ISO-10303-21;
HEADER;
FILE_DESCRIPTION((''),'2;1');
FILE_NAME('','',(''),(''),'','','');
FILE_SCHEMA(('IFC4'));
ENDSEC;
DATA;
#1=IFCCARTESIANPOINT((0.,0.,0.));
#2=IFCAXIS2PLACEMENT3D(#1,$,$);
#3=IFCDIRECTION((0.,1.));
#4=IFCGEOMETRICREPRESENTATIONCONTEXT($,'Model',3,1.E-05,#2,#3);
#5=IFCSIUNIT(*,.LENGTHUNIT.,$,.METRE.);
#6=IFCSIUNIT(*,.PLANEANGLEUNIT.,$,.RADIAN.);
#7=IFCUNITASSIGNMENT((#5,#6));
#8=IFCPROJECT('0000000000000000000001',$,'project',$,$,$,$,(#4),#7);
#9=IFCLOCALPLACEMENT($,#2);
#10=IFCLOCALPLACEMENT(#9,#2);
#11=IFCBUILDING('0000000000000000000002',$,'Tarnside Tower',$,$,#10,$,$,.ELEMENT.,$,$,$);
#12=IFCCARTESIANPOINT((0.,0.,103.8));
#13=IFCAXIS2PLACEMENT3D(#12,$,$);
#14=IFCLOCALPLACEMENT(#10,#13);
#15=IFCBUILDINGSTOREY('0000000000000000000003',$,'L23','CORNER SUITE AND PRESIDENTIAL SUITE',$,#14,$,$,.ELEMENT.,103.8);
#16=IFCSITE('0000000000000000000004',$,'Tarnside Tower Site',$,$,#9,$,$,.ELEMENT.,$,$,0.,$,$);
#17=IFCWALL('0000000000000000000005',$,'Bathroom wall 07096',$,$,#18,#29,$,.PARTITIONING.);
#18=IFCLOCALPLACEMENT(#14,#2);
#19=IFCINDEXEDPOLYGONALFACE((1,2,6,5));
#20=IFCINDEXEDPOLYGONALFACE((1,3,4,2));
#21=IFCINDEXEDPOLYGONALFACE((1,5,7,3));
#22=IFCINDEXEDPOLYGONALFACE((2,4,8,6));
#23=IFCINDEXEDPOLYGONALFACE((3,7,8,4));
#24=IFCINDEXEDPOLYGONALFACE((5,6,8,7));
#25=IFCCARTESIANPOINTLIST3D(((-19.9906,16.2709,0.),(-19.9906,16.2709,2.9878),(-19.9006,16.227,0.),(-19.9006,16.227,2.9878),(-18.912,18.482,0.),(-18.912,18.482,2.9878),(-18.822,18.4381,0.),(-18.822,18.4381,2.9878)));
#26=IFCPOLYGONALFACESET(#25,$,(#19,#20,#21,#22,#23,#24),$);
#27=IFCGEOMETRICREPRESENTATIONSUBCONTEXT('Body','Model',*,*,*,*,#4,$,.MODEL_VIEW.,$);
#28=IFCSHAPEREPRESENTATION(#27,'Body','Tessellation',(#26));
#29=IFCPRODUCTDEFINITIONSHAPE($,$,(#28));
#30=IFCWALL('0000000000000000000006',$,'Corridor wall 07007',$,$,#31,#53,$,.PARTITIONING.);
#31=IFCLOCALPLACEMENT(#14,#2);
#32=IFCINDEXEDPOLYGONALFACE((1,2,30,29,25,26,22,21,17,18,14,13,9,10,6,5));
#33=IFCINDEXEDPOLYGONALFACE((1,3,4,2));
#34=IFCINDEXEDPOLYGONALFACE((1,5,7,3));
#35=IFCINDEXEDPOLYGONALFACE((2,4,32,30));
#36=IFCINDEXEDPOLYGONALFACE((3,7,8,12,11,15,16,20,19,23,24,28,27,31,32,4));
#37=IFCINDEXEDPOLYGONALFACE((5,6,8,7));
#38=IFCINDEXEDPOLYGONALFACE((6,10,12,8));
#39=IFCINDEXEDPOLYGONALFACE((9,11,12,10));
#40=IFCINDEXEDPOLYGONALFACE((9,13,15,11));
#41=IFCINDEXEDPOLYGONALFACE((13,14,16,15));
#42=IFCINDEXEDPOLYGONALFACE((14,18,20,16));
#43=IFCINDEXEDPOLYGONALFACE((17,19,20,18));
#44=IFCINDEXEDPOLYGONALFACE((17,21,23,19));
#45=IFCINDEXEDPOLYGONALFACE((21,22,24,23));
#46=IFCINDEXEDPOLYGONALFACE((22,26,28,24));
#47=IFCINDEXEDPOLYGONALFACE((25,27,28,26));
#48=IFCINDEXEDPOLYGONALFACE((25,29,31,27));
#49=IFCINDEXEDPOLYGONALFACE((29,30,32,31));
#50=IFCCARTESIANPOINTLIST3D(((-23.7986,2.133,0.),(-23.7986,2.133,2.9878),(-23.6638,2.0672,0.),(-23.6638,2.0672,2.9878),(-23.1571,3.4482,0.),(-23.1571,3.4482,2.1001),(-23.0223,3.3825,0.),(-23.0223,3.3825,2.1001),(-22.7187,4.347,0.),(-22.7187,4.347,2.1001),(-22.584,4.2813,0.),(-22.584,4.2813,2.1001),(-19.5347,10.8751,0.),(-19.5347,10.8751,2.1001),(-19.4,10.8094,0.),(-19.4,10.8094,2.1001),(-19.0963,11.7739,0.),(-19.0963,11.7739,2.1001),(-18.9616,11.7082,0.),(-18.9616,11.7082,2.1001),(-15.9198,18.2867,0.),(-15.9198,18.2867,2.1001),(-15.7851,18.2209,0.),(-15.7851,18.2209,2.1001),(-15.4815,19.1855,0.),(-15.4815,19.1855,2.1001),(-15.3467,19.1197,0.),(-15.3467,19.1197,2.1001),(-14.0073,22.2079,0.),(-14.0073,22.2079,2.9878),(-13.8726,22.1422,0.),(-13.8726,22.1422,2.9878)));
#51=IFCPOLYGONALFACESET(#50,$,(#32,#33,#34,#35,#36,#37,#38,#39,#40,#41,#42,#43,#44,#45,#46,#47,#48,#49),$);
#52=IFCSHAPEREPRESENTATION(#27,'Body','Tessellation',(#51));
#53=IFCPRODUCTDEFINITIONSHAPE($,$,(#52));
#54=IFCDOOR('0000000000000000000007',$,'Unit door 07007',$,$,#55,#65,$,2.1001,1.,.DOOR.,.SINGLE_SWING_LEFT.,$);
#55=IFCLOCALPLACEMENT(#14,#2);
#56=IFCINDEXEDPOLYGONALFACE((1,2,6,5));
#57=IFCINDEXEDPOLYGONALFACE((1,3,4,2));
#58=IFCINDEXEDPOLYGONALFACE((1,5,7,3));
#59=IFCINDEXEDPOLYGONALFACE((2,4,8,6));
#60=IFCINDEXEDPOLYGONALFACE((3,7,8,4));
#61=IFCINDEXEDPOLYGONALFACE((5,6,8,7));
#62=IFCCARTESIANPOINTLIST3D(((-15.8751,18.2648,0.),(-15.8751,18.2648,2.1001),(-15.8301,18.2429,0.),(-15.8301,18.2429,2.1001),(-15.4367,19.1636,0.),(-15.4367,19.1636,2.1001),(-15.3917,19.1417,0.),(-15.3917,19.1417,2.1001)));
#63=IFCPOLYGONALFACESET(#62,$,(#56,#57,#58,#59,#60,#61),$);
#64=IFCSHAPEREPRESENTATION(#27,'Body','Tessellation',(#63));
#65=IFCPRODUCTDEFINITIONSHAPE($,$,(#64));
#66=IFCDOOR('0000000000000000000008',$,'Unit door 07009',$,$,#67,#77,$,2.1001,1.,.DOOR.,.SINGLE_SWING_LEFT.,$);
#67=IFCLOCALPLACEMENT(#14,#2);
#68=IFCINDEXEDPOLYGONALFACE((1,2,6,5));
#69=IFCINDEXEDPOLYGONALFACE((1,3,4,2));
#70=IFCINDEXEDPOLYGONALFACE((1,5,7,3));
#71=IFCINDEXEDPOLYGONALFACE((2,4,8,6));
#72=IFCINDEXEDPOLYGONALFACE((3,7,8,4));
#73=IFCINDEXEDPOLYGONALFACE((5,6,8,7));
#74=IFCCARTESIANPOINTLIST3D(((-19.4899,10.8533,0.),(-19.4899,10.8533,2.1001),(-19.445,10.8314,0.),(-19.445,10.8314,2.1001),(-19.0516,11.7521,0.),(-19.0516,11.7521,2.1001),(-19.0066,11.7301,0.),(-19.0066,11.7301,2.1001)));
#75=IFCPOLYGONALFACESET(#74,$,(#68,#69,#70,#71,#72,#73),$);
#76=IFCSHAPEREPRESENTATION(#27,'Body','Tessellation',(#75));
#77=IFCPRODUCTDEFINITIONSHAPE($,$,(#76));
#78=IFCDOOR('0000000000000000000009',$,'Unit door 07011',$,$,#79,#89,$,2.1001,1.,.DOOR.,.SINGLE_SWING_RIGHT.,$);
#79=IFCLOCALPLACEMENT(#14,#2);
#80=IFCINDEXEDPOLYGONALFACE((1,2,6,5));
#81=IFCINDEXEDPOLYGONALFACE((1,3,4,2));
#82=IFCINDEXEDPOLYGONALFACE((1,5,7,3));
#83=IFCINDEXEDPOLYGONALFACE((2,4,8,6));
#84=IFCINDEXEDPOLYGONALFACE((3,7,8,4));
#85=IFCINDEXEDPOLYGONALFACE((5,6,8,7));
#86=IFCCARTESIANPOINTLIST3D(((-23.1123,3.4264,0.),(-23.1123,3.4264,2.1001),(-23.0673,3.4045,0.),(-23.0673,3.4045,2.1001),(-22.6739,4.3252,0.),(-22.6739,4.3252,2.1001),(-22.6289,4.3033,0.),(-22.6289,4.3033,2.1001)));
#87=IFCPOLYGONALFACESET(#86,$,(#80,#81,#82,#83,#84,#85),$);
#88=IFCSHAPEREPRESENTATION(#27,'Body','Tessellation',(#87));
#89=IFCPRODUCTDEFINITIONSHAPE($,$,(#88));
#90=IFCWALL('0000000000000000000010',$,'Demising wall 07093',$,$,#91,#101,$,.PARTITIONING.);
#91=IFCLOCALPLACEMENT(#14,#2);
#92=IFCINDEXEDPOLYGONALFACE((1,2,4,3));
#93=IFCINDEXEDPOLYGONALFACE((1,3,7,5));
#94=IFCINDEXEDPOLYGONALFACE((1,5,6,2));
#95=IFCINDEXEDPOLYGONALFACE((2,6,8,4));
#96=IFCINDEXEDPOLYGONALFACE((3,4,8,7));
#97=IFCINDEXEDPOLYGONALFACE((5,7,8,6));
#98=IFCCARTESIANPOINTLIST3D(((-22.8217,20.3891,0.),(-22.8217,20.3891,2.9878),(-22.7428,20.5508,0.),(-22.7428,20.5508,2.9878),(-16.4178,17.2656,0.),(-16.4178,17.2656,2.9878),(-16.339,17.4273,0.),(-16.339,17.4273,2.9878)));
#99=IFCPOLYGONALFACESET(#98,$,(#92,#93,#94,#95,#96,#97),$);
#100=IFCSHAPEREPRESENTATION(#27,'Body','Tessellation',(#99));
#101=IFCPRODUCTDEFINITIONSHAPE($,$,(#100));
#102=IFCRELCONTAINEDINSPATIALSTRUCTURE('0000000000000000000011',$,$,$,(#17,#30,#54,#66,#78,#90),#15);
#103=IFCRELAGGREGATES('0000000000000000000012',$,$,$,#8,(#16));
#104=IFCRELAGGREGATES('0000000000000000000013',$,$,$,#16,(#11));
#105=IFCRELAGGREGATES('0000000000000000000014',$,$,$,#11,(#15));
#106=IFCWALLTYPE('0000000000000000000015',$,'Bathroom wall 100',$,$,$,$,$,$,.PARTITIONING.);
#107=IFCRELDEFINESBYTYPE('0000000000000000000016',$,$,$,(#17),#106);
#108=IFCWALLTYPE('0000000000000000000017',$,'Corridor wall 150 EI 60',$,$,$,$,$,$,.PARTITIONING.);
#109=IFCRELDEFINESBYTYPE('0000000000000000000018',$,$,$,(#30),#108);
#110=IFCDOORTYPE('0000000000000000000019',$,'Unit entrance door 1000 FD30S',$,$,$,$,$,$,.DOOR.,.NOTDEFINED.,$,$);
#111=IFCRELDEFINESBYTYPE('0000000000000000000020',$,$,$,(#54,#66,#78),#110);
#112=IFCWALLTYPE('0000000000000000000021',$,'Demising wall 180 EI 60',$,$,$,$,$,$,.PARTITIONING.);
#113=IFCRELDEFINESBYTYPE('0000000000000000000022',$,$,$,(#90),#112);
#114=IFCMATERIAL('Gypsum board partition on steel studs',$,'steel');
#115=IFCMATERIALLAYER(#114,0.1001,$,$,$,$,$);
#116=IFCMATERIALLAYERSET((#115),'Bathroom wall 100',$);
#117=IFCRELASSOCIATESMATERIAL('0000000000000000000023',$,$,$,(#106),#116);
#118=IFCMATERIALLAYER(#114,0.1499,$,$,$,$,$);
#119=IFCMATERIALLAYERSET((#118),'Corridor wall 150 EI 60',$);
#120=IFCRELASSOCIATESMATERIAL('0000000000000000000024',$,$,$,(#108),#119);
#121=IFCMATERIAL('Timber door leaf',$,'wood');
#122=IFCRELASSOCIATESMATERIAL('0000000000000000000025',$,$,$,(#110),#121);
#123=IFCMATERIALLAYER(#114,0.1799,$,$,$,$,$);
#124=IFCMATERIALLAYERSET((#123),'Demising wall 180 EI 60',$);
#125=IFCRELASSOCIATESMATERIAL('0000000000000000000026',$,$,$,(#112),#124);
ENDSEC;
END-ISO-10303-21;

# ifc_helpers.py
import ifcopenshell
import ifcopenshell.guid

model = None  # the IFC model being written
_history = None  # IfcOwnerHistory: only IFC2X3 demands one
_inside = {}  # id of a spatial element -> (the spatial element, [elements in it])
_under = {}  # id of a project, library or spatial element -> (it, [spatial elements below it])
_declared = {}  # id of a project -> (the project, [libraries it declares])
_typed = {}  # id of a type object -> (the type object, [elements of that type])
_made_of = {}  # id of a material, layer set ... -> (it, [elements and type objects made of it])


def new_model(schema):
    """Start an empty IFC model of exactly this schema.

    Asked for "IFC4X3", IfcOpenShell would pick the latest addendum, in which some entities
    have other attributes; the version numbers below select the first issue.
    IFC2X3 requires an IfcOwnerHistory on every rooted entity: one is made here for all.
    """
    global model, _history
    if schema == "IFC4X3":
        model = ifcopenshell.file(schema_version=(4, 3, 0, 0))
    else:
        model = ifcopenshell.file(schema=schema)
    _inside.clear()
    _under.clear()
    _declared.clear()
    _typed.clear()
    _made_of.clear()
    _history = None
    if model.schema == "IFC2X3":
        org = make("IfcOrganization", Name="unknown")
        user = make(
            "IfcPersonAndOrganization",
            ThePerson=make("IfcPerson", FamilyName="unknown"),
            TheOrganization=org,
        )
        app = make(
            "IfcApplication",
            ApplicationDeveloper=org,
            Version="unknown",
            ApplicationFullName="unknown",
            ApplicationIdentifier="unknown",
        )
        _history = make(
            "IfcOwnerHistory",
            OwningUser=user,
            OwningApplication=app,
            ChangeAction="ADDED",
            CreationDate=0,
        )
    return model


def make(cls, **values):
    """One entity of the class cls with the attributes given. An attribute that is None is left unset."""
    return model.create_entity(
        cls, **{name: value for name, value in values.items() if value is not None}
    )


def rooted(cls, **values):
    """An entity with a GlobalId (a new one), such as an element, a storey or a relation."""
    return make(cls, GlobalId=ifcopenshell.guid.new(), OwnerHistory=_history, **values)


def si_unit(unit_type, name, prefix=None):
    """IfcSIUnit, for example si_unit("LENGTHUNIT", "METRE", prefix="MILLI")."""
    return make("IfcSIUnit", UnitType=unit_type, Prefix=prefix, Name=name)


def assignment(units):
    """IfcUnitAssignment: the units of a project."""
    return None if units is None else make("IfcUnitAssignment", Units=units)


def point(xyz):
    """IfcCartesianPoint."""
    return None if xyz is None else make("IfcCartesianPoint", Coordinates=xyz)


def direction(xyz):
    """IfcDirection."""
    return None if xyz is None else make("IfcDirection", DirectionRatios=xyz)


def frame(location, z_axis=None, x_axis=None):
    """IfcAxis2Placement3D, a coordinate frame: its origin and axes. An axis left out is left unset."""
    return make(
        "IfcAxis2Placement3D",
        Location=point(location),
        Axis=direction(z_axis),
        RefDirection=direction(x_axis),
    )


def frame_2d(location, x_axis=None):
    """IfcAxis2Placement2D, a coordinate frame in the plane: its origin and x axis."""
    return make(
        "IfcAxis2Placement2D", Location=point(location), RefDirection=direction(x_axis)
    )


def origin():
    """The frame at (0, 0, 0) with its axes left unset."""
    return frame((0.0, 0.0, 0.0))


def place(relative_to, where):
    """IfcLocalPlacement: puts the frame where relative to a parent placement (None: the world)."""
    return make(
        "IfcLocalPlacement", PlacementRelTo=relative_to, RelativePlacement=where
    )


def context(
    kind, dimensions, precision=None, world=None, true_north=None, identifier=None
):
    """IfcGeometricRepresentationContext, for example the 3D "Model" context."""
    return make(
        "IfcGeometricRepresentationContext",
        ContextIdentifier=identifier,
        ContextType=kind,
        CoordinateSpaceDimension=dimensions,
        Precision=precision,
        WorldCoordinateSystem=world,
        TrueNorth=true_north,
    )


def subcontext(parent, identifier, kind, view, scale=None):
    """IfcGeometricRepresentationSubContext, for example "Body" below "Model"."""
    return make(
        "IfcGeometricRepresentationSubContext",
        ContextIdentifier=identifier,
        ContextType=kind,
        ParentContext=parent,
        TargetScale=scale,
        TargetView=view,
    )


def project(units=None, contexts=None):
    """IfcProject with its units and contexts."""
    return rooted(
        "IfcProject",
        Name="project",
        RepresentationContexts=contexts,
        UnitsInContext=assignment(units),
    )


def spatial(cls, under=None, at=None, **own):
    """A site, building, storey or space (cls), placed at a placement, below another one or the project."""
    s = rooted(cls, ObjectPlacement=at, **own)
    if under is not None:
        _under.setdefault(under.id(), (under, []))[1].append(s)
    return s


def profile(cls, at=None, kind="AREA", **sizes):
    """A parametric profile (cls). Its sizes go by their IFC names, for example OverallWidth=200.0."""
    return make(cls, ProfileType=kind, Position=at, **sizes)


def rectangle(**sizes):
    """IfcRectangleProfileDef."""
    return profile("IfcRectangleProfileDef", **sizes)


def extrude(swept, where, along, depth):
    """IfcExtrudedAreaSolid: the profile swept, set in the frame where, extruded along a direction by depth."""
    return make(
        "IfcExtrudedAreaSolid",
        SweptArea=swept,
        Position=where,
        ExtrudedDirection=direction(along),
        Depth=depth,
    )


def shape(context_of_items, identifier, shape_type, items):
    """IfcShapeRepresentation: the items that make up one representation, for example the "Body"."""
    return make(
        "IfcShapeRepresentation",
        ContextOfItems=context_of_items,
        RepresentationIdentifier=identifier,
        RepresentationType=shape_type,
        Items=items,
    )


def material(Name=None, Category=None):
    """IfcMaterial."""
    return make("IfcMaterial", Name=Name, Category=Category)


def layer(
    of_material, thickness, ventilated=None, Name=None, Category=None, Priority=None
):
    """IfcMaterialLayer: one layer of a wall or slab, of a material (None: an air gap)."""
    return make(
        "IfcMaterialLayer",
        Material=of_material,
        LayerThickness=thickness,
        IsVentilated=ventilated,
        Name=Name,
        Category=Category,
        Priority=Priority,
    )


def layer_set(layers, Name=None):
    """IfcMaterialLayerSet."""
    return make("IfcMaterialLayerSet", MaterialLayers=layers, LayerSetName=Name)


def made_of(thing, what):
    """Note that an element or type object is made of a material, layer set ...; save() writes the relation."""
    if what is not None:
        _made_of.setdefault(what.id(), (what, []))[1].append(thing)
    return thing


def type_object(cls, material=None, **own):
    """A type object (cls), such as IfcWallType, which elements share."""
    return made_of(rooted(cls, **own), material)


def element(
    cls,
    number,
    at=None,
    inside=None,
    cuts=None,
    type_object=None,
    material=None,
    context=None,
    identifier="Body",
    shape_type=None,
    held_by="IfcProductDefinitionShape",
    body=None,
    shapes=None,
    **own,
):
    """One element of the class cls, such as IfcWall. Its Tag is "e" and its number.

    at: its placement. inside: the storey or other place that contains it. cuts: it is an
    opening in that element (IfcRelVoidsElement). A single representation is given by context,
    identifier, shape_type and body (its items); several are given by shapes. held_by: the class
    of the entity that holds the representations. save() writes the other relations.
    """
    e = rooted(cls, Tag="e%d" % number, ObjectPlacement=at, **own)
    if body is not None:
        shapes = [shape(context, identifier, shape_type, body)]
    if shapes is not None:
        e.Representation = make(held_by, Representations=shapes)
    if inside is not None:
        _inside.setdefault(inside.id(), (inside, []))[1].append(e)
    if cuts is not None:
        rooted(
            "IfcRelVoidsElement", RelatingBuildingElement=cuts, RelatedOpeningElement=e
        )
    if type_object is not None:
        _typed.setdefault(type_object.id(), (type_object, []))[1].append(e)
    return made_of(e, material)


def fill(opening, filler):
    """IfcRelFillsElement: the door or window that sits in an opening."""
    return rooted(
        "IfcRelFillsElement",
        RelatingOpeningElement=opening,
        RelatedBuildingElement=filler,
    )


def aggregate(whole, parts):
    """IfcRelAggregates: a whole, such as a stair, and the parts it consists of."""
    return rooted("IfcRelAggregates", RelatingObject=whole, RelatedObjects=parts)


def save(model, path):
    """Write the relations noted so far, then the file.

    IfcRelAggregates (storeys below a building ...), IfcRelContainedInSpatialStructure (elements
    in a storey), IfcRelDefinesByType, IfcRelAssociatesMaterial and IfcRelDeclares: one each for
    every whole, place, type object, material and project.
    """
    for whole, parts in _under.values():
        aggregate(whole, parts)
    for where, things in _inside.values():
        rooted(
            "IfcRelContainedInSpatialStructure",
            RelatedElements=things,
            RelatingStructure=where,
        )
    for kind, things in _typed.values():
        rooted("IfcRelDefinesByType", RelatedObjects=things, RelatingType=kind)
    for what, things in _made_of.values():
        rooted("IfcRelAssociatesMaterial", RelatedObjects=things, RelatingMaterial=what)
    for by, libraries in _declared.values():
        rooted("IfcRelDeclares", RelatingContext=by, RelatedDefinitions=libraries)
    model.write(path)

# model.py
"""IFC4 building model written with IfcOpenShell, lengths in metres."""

from ifc_helpers import new_model, si_unit, direction, frame, frame_2d, origin, place, context, subcontext, project, spatial, rectangle, extrude, material, layer, layer_set, type_object, element, fill, save


model = new_model("IFC4")

# Units and contexts
model_context = context("Model", 3, precision=1e-05, world=origin(), true_north=direction((0.0, 1.0)))
body_context = subcontext(model_context, "Body", "Model", "MODEL_VIEW")
ifc_project = project(units=[si_unit("LENGTHUNIT", "METRE"), si_unit("PLANEANGLEUNIT", "RADIAN")], contexts=[model_context])

# Site, building, storey
site_placement = place(None, origin())
site = spatial("IfcSite", under=ifc_project, at=site_placement, Name="Tarnside Tower Site", CompositionType="ELEMENT", RefElevation=0.0)
building_placement = place(site_placement, origin())
building = spatial("IfcBuilding", under=site, at=building_placement, Name="Tarnside Tower", CompositionType="ELEMENT")
storey_placement = place(building_placement, frame((0.0, 0.0, 103.8)))
storey = spatial("IfcBuildingStorey", under=building, at=storey_placement, Name="L23", Description="CORNER SUITE AND PRESIDENTIAL SUITE", CompositionType="ELEMENT", Elevation=103.8)

# Shared definitions
ifc_material_1 = material(Name="Gypsum board partition on steel studs", Category="steel")
ifc_layer_1 = layer(ifc_material_1, 0.1001)
ifc_layer_set_1 = layer_set([ifc_layer_1], Name="Bathroom wall 100")
wall_type_1 = type_object("IfcWallType", Name="Bathroom wall 100", PredefinedType="PARTITIONING", material=ifc_layer_set_1)
ifc_material_2 = material(Name="Timber door leaf", Category="wood")

# Wall
wall_1_placement = place(storey_placement, frame((-19.9456, 16.249, 0.0), z_axis=(0.0, 0.0, 1.0), x_axis=(0.43842, 0.89877, 0.0)))
element("IfcWall", 1, at=wall_1_placement, inside=storey, type_object=wall_type_1, Name="Bathroom wall 07096", PredefinedType="PARTITIONING", context=body_context, shape_type="SweptSolid", body=[
    extrude(rectangle(XDim=2.4602, YDim=0.1001, at=frame_2d((1.23, 0.0))), origin(), (0.0, 0.0, 1.0), 2.9878),
])

# Wall, openings, doors
ifc_layer_2 = layer(ifc_material_1, 0.1499)
ifc_layer_set_2 = layer_set([ifc_layer_2], Name="Corridor wall 150 EI 60")
wall_type_2 = type_object("IfcWallType", Name="Corridor wall 150 EI 60", PredefinedType="PARTITIONING", material=ifc_layer_set_2)
wall_2_placement = place(storey_placement, frame((-13.9399, 22.175, 0.0), z_axis=(0.0, 0.0, 1.0), x_axis=(-0.438373, -0.898793, 0.0)))
wall_2 = element("IfcWall", 2, at=wall_2_placement, inside=storey, type_object=wall_type_2, Name="Corridor wall 07007", PredefinedType="PARTITIONING", context=body_context, shape_type="SweptSolid", body=[
    extrude(rectangle(XDim=22.3354, YDim=0.1499, at=frame_2d((11.1677, 0.0))), origin(), (0.0, 0.0, 1.0), 2.9878),
])
opening_1_placement = place(wall_2_placement, frame((3.3628, 0.0, 0.0)))
opening_1 = element("IfcOpeningElement", 3, at=opening_1_placement, cuts=wall_2, PredefinedType="OPENING", context=body_context, shape_type="SweptSolid", body=[
    extrude(rectangle(XDim=1.0, YDim=2.1001, at=frame_2d((0.5, 1.05))), frame((0.0, 0.085, 0.0), z_axis=(0.0, -1.0, 0.0), x_axis=(1.0, 0.0, 0.0)), (0.0, 0.0, 1.0), 0.1699),
])
opening_2_placement = place(wall_2_placement, frame((11.6089, 0.0, 0.0)))
opening_2 = element("IfcOpeningElement", 4, at=opening_2_placement, cuts=wall_2, PredefinedType="OPENING", context=body_context, shape_type="SweptSolid", body=[
    extrude(rectangle(XDim=1.0, YDim=2.1001, at=frame_2d((0.5, 1.05))), frame((0.0, 0.085, 0.0), z_axis=(0.0, -1.0, 0.0), x_axis=(1.0, 0.0, 0.0)), (0.0, 0.0, 1.0), 0.1699),
])
opening_3_placement = place(wall_2_placement, frame((19.8721, 0.0, 0.0)))
opening_3 = element("IfcOpeningElement", 5, at=opening_3_placement, cuts=wall_2, PredefinedType="OPENING", context=body_context, shape_type="SweptSolid", body=[
    extrude(rectangle(XDim=1.0, YDim=2.1001, at=frame_2d((0.5, 1.05))), frame((0.0, 0.085, 0.0), z_axis=(0.0, -1.0, 0.0), x_axis=(1.0, 0.0, 0.0)), (0.0, 0.0, 1.0), 0.1699),
])
door_type_1 = type_object("IfcDoorType", Name="Unit entrance door 1000 FD30S", OperationType="NOTDEFINED", PredefinedType="DOOR", material=ifc_material_2)
door_1_placement = place(opening_1_placement, origin())
door_1 = element("IfcDoor", 6, at=door_1_placement, inside=storey, type_object=door_type_1, Name="Unit door 07007", OperationType="SINGLE_SWING_LEFT", OverallHeight=2.1001, OverallWidth=1.0, PredefinedType="DOOR", context=body_context, shape_type="SweptSolid", body=[
    extrude(rectangle(XDim=1.0, YDim=2.1001, at=frame_2d((0.5, 1.05))), frame((0.0, 0.0249, 0.0), z_axis=(0.0, -1.0, 0.0), x_axis=(1.0, 0.0, 0.0)), (0.0, 0.0, 1.0), 0.05),
])
fill(opening_1, door_1)
door_2_placement = place(opening_2_placement, origin())
door_2 = element("IfcDoor", 7, at=door_2_placement, inside=storey, type_object=door_type_1, Name="Unit door 07009", OperationType="SINGLE_SWING_LEFT", OverallHeight=2.1001, OverallWidth=1.0, PredefinedType="DOOR", context=body_context, shape_type="SweptSolid", body=[
    extrude(rectangle(XDim=1.0, YDim=2.1001, at=frame_2d((0.5, 1.05))), frame((0.0, 0.0249, 0.0), z_axis=(0.0, -1.0, 0.0), x_axis=(1.0, 0.0, 0.0)), (0.0, 0.0, 1.0), 0.05),
])
fill(opening_2, door_2)
door_3_placement = place(opening_3_placement, origin())
door_3 = element("IfcDoor", 8, at=door_3_placement, inside=storey, type_object=door_type_1, Name="Unit door 07011", OperationType="SINGLE_SWING_RIGHT", OverallHeight=2.1001, OverallWidth=1.0, PredefinedType="DOOR", context=body_context, shape_type="SweptSolid", body=[
    extrude(rectangle(XDim=1.0, YDim=2.1001, at=frame_2d((0.5, 1.05))), frame((0.0, 0.0249, 0.0), z_axis=(0.0, -1.0, 0.0), x_axis=(1.0, 0.0, 0.0)), (0.0, 0.0, 1.0), 0.05),
])
fill(opening_3, door_3)

# Wall
ifc_layer_3 = layer(ifc_material_1, 0.1799)
ifc_layer_set_3 = layer_set([ifc_layer_3], Name="Demising wall 180 EI 60")
wall_type_3 = type_object("IfcWallType", Name="Demising wall 180 EI 60", PredefinedType="PARTITIONING", material=ifc_layer_set_3)
wall_3_placement = place(storey_placement, frame((-22.7822, 20.47, 0.0), z_axis=(0.0, 0.0, 1.0), x_axis=(0.898784, -0.438393, 0.0)))
element("IfcWall", 9, at=wall_3_placement, inside=storey, type_object=wall_type_3, Name="Demising wall 07093", PredefinedType="PARTITIONING", context=body_context, shape_type="SweptSolid", body=[
    extrude(rectangle(XDim=7.125, YDim=0.1799, at=frame_2d((3.5625, 0.0))), origin(), (0.0, 0.0, 1.0), 2.9878),
])

save(model, "model.ifc")
